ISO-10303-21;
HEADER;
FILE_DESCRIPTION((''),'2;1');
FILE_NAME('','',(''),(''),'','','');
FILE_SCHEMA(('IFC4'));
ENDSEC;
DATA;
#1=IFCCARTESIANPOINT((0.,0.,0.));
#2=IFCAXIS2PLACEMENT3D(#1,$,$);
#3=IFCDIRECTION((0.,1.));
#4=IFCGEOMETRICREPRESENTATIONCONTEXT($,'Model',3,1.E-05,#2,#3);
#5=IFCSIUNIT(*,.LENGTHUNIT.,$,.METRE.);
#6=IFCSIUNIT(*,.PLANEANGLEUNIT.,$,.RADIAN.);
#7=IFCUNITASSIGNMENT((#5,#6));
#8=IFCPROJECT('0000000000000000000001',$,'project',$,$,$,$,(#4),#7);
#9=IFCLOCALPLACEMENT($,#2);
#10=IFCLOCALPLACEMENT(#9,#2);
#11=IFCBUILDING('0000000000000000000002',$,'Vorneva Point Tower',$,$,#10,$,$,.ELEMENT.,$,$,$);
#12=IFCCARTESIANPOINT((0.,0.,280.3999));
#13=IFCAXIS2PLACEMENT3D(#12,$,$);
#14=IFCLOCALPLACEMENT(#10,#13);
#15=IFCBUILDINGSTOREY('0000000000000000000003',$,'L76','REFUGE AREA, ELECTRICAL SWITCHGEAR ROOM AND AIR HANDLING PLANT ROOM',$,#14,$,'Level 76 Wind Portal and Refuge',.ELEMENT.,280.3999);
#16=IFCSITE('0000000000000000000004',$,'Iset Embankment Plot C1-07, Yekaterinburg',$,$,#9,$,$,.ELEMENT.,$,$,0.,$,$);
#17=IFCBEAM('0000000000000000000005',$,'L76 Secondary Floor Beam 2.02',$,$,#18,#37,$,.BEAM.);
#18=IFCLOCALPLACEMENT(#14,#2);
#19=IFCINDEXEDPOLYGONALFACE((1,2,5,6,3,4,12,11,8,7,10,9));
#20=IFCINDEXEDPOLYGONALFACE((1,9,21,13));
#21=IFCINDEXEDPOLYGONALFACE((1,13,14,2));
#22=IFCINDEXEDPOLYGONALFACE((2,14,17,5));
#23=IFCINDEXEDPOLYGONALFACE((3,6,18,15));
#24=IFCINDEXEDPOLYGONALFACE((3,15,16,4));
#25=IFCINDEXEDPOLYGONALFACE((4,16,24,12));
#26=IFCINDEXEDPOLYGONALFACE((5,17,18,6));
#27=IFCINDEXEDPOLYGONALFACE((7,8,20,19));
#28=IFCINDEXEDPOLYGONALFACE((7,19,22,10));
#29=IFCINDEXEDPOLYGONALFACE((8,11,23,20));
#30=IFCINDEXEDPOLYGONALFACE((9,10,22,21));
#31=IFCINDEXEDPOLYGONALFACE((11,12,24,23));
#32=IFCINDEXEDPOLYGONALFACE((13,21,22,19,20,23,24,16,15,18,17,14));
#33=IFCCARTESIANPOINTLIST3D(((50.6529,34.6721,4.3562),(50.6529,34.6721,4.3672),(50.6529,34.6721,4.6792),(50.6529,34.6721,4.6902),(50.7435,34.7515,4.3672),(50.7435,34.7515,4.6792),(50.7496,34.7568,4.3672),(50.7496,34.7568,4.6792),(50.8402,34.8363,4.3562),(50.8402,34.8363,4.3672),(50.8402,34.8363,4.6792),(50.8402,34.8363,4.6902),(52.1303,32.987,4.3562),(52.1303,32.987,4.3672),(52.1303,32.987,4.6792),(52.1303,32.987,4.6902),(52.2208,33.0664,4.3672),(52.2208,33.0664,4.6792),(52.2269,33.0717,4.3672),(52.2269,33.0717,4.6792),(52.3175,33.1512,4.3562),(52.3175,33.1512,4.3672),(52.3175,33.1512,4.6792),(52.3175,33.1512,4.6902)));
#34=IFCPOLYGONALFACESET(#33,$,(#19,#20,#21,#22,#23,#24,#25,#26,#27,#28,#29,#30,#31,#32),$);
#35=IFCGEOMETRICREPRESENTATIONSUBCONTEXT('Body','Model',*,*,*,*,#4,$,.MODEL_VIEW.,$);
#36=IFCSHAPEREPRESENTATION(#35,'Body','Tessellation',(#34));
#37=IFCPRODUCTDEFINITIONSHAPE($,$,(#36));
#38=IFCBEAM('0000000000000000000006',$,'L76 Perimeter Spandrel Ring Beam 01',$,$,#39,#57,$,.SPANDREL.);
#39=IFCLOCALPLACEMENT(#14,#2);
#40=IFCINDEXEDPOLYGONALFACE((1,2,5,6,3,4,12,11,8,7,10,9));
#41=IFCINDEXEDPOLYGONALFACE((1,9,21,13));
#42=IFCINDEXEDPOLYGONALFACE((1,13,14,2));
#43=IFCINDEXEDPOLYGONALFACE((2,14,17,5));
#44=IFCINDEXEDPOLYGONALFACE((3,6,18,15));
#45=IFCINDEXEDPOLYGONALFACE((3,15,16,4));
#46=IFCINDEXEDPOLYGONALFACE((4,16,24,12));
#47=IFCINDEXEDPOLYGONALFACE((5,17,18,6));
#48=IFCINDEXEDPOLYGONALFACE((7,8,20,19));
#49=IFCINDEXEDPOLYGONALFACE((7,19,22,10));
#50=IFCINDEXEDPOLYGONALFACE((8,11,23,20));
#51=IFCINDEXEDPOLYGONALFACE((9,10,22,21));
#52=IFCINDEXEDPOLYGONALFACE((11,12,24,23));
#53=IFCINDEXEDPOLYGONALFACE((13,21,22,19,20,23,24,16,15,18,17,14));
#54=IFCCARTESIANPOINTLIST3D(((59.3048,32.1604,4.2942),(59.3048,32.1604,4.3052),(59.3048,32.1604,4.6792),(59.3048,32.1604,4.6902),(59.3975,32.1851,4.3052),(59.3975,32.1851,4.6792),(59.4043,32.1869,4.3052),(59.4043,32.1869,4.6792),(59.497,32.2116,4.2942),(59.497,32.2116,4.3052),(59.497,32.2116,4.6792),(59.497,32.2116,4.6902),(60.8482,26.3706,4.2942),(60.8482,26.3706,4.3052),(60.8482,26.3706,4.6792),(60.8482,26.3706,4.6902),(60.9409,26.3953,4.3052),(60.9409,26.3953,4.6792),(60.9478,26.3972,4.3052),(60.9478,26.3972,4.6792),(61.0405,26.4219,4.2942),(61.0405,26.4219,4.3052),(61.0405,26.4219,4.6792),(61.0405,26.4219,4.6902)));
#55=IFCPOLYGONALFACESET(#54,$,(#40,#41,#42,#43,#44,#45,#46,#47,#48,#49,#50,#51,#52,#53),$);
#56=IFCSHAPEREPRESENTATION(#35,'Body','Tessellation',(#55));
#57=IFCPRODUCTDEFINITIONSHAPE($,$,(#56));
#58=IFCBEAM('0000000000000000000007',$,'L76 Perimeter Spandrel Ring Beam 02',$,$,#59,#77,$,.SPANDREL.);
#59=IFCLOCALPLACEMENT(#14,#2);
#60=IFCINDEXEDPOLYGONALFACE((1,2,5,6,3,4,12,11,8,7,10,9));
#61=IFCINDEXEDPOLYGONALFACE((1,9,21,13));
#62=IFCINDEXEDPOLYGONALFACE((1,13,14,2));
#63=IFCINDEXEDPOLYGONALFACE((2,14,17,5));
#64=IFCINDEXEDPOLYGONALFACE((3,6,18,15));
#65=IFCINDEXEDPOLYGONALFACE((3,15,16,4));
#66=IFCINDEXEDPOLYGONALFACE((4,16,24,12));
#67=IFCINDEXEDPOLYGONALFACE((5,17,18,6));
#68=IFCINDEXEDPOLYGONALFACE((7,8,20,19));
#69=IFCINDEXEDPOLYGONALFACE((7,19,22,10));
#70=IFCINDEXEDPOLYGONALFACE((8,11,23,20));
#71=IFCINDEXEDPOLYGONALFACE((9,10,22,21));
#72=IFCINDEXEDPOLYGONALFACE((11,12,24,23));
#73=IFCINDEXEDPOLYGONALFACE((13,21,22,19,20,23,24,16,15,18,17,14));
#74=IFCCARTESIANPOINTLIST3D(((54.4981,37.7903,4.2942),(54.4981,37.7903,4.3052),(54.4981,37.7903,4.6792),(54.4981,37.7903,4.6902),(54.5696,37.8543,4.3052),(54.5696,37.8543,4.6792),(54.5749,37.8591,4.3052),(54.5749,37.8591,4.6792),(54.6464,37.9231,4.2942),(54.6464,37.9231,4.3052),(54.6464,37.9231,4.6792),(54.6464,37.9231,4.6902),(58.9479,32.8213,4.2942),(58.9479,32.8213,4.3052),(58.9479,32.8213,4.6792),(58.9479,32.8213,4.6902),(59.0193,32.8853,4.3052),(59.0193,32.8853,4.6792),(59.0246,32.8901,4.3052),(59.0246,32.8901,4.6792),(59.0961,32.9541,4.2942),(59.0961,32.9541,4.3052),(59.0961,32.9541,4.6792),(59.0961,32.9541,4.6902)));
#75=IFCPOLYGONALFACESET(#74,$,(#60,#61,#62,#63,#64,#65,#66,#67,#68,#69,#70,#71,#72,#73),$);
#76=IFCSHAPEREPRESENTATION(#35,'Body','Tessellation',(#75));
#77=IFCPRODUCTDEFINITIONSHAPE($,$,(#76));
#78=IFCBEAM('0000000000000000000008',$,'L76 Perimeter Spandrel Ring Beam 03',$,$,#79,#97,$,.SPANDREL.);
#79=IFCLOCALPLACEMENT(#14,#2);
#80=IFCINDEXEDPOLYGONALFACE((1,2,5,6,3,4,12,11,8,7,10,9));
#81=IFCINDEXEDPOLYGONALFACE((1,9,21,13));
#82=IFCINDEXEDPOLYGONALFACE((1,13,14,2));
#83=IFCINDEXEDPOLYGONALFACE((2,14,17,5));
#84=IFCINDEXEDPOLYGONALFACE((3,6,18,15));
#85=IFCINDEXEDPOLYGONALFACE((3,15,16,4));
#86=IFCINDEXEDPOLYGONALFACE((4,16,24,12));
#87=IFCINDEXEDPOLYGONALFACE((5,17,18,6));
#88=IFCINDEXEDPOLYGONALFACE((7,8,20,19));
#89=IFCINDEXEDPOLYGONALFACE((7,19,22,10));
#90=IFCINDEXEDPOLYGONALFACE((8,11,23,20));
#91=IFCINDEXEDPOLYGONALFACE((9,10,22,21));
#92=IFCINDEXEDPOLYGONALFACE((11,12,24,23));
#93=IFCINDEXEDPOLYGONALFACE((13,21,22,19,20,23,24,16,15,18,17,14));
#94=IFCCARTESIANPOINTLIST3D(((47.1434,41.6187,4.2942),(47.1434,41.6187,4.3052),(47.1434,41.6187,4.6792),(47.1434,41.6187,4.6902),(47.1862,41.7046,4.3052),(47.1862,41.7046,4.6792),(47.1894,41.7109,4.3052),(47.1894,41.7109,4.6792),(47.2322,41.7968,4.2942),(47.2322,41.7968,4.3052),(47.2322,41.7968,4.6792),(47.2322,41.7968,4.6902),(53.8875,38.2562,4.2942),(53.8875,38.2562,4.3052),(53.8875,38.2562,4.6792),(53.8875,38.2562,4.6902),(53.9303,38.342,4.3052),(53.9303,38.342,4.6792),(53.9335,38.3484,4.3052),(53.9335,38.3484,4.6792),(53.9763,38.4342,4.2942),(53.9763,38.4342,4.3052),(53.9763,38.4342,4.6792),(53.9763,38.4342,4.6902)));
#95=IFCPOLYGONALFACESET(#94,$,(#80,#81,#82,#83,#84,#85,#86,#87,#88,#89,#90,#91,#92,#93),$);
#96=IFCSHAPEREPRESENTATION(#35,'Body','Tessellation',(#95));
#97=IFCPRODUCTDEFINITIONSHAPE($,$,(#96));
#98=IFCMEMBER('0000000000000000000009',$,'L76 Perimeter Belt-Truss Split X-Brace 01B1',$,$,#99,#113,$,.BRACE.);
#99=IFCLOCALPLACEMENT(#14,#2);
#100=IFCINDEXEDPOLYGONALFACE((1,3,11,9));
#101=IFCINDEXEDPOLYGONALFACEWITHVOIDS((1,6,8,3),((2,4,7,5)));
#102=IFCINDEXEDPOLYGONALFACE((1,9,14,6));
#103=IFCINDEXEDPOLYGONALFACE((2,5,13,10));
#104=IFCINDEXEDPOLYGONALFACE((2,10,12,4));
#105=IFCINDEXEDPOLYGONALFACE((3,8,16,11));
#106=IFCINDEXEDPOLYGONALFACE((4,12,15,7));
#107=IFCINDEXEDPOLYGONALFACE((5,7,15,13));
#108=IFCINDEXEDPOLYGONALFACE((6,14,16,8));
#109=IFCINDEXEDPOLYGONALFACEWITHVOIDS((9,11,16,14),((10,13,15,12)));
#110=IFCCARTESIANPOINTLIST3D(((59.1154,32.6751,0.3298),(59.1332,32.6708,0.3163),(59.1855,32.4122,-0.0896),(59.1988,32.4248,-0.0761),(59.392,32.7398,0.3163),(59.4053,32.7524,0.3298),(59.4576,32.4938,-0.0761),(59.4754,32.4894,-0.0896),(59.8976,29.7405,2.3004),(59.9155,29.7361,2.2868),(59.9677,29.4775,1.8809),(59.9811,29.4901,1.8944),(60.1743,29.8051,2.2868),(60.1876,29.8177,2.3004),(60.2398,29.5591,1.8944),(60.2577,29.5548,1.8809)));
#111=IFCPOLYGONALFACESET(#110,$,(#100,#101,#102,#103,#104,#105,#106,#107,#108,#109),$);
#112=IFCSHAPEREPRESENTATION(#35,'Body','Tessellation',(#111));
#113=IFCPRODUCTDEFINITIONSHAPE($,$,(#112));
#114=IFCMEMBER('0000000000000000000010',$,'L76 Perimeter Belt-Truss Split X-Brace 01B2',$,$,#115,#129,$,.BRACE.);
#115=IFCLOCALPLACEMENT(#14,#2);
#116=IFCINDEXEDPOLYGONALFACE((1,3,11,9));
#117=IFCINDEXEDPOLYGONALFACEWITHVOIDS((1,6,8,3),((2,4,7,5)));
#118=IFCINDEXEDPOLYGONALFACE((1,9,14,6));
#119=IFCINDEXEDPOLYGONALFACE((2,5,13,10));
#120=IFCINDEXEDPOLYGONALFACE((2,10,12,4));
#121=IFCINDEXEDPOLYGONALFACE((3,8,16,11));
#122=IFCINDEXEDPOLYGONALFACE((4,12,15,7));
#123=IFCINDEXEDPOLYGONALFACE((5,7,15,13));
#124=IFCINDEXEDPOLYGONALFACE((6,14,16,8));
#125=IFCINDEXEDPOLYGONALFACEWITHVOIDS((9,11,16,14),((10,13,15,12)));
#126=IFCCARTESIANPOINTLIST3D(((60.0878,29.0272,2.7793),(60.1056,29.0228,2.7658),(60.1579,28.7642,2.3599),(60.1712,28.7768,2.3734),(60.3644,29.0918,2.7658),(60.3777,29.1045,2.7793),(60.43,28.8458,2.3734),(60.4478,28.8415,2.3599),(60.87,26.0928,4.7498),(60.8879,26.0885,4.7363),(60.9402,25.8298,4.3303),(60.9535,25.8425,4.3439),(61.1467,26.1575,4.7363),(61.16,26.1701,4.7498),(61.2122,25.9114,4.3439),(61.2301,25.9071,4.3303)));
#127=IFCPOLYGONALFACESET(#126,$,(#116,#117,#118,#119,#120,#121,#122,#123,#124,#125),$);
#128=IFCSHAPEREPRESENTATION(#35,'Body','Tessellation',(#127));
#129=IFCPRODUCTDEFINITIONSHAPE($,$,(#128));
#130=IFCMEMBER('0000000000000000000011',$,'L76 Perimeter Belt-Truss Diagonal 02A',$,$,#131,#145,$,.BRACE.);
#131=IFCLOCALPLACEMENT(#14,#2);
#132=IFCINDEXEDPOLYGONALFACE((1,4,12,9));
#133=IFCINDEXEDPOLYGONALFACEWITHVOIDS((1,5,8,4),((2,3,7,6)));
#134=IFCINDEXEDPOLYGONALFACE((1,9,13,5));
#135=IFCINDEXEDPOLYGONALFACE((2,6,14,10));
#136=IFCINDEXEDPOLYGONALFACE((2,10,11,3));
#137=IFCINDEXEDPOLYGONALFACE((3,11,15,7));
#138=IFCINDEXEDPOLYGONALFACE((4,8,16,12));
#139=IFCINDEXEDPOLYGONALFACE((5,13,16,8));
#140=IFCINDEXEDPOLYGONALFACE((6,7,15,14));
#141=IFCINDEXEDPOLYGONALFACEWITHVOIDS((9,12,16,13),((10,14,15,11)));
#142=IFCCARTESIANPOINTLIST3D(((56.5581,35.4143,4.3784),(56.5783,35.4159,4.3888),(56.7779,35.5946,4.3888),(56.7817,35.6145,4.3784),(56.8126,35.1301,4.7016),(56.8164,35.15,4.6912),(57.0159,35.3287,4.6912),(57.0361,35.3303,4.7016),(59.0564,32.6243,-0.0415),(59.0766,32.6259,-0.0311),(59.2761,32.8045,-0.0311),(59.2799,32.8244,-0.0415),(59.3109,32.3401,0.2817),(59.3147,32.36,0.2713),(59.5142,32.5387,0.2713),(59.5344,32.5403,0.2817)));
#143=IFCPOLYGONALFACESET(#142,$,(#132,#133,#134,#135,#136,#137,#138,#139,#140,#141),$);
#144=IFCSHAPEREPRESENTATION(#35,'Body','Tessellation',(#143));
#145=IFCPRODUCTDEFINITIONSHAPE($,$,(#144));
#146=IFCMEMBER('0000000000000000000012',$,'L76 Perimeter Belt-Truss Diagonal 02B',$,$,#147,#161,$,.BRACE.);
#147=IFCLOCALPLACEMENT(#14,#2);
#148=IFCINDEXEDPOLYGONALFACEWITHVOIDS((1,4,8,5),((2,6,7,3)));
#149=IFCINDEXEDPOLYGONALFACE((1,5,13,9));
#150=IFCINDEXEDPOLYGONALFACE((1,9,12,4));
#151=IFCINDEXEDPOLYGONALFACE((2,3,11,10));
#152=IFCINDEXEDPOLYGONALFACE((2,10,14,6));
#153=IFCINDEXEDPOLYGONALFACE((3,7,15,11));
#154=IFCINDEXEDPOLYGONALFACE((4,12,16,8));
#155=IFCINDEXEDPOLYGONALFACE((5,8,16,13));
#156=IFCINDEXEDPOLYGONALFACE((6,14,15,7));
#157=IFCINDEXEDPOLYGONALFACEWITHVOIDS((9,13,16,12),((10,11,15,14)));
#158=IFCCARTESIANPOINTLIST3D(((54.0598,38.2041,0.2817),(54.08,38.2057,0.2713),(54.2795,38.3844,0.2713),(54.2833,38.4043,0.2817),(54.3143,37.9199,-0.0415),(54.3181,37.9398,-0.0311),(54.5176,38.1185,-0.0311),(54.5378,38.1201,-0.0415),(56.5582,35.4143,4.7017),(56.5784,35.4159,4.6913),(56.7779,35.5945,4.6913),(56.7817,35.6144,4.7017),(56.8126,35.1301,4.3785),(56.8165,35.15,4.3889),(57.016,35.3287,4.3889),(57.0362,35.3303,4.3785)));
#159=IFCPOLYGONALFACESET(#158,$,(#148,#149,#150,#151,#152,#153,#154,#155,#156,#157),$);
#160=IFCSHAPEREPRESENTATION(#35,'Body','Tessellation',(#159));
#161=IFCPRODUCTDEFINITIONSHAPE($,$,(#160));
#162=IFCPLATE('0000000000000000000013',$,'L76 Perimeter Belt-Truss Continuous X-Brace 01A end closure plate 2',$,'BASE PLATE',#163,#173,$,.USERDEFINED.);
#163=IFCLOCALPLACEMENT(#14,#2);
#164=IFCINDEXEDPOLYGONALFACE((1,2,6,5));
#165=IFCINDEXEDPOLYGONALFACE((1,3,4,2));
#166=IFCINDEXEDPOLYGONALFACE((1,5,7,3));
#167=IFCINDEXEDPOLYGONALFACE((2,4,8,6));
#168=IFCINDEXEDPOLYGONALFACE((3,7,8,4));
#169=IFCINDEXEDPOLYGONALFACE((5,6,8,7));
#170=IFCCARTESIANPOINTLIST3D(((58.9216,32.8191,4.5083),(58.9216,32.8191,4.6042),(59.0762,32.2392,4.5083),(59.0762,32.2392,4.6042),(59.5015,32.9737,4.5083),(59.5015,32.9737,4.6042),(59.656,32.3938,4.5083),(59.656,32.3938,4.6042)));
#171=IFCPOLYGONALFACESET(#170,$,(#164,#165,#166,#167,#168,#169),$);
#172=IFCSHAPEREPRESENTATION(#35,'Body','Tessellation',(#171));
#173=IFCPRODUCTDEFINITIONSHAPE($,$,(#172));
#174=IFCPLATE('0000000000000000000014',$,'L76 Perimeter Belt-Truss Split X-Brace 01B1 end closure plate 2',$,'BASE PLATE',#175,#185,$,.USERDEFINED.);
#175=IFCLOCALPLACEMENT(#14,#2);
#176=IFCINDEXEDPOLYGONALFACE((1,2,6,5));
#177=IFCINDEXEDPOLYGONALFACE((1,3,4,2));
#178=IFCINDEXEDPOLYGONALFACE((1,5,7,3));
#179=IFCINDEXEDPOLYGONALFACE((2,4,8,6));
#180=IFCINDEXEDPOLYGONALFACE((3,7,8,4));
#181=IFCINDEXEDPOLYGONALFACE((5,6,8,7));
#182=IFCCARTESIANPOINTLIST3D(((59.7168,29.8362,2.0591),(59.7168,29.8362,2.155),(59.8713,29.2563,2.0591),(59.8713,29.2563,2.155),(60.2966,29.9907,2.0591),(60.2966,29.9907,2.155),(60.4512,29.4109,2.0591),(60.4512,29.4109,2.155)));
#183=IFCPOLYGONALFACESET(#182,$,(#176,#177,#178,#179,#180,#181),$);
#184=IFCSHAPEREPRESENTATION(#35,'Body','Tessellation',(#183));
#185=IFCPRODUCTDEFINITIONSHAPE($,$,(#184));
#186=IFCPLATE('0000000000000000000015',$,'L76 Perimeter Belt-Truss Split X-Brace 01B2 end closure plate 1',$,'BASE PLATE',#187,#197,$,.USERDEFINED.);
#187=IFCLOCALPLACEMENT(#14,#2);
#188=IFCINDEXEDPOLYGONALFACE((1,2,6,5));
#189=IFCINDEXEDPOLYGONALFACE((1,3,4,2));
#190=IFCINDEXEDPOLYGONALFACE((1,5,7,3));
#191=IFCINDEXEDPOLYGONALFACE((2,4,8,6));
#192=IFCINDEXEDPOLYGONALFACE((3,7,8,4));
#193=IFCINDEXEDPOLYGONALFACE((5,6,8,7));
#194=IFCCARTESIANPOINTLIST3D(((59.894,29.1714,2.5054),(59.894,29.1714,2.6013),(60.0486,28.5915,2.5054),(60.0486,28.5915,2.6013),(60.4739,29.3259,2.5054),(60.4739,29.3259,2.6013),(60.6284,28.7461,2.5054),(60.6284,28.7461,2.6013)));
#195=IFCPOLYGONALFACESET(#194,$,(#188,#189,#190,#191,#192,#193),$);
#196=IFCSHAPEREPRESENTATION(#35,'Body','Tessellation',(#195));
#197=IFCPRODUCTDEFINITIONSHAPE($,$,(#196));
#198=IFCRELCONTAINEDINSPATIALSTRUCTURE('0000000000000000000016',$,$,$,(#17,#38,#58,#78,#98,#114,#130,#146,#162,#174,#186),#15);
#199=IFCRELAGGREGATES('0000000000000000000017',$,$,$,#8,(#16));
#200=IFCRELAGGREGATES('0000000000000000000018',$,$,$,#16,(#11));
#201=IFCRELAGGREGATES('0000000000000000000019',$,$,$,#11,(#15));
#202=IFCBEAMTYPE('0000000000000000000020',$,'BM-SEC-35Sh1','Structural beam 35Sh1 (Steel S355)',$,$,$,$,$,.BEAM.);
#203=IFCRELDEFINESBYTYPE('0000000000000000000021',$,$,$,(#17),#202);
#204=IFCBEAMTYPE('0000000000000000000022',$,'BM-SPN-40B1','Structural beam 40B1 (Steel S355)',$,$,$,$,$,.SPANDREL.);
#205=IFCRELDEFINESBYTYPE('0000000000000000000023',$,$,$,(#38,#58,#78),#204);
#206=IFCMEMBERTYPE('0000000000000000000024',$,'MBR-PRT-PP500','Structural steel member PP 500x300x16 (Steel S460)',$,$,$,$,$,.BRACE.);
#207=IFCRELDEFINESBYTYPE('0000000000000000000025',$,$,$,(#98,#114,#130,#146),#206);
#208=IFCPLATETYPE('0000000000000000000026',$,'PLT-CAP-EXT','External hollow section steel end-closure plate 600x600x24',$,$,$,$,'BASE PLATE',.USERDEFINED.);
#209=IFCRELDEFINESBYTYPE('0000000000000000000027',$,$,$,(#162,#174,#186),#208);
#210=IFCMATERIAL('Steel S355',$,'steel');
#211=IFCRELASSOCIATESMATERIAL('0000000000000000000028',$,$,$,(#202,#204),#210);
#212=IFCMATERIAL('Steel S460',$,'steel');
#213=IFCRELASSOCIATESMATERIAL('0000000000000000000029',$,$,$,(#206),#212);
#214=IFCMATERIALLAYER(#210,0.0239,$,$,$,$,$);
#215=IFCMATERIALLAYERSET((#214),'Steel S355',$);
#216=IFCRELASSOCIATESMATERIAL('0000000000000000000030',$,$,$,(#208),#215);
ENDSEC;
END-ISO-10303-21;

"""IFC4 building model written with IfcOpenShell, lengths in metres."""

from ifc_helpers import new_model, si_unit, direction, frame, origin, origin_2d, place, context, subcontext, project, spatial, rectangle, hollow_rectangle, i_section, extrude, material, layer, layer_set, material_profile, profile_set, type_object, element, save


model = new_model("IFC4")

# Units and contexts
model_context = context("Model", 3, precision=1e-05, world=origin(), true_north=direction((0.0, 1.0)))
body_context = subcontext(model_context, "Body", "Model", "MODEL_VIEW")
ifc_project = project(units=[si_unit("LENGTHUNIT", "METRE"), si_unit("PLANEANGLEUNIT", "RADIAN")], contexts=[model_context])

# Site, building, storey
site_placement = place(None, origin())
site = spatial("IfcSite", under=ifc_project, at=site_placement, Name="Iset Embankment Plot C1-07, Yekaterinburg", CompositionType="ELEMENT", RefElevation=0.0)
building_placement = place(site_placement, origin())
building = spatial("IfcBuilding", under=site, at=building_placement, Name="Vorneva Point Tower", CompositionType="ELEMENT")
storey_placement = place(building_placement, frame((0.0, 0.0, 280.3999)))
storey = spatial("IfcBuildingStorey", under=building, at=storey_placement, Name="L76", Description="REFUGE AREA, ELECTRICAL SWITCHGEAR ROOM AND AIR HANDLING PLANT ROOM", LongName="Level 76 Wind Portal and Refuge", CompositionType="ELEMENT", Elevation=280.3999)

# Beams
ifc_material_1 = material(Name="Steel S460", Category="steel")
ifc_material_2 = material(Name="Steel S355", Category="steel")
ifc_material_profile_1 = material_profile(ifc_material_2, i_section(OverallWidth=0.249, OverallDepth=0.334, WebThickness=0.0081, FlangeThickness=0.011, at=origin_2d()), Name="35Sh1")
ifc_profile_set_1 = profile_set([ifc_material_profile_1], Name="Steel S355")
beam_type_1 = type_object("IfcBeamType", Name="BM-SEC-35Sh1", Description="Structural beam 35Sh1 (Steel S355)", PredefinedType="BEAM", material=ifc_profile_set_1)
beam_1_placement = place(storey_placement, frame((52.2239, 33.0691, 4.5232), z_axis=(-0.659229, 0.751942, 0.0), x_axis=(-0.751942, -0.659229, 0.0)))
element("IfcBeam", 1, at=beam_1_placement, inside=storey, type_object=beam_type_1, Name="L76 Secondary Floor Beam 2.02", PredefinedType="BEAM", context=body_context, shape_type="SweptSolid", body=[
    extrude(i_section(OverallWidth=0.249, OverallDepth=0.334, WebThickness=0.0081, FlangeThickness=0.011, at=origin_2d()), origin(), (0.0, 0.0, 1.0), 2.241),
])
ifc_material_profile_2 = material_profile(ifc_material_2, i_section(OverallWidth=0.199, OverallDepth=0.396, WebThickness=0.0071, FlangeThickness=0.011, at=origin_2d()), Name="40B1")
ifc_profile_set_2 = profile_set([ifc_material_profile_2], Name="Steel S355")
beam_type_2 = type_object("IfcBeamType", Name="BM-SPN-40B1", Description="Structural beam 40B1 (Steel S355)", PredefinedType="SPANDREL", material=ifc_profile_set_2)
beam_2_placement = place(storey_placement, frame((60.9443, 26.3962, 4.4922), z_axis=(-0.257587, 0.966255, 0.0), x_axis=(-0.966255, -0.257587, 0.0)))
element("IfcBeam", 2, at=beam_2_placement, inside=storey, type_object=beam_type_2, Name="L76 Perimeter Spandrel Ring Beam 01", PredefinedType="SPANDREL", context=body_context, shape_type="SweptSolid", body=[
    extrude(i_section(OverallWidth=0.199, OverallDepth=0.396, WebThickness=0.0071, FlangeThickness=0.011, at=origin_2d()), origin(), (0.0, 0.0, 1.0), 5.9919),
])
beam_3_placement = place(storey_placement, frame((59.022, 32.8877, 4.4922), z_axis=(-0.667108, 0.744961, 0.0), x_axis=(-0.744961, -0.667108, 0.0)))
element("IfcBeam", 3, at=beam_3_placement, inside=storey, type_object=beam_type_2, Name="L76 Perimeter Spandrel Ring Beam 02", PredefinedType="SPANDREL", context=body_context, shape_type="SweptSolid", body=[
    extrude(i_section(OverallWidth=0.199, OverallDepth=0.396, WebThickness=0.0071, FlangeThickness=0.011, at=origin_2d()), origin(), (0.0, 0.0, 1.0), 6.6702),
])
beam_4_placement = place(storey_placement, frame((53.9319, 38.3452, 4.4922), z_axis=(-0.894932, 0.446203, 0.0), x_axis=(-0.446203, -0.894932, 0.0)))
element("IfcBeam", 4, at=beam_4_placement, inside=storey, type_object=beam_type_2, Name="L76 Perimeter Spandrel Ring Beam 03", PredefinedType="SPANDREL", context=body_context, shape_type="SweptSolid", body=[
    extrude(i_section(OverallWidth=0.199, OverallDepth=0.396, WebThickness=0.0071, FlangeThickness=0.011, at=origin_2d()), origin(), (0.0, 0.0, 1.0), 7.5359),
])

# Members
ifc_material_profile_3 = material_profile(ifc_material_1, hollow_rectangle(XDim=0.3, YDim=0.5, WallThickness=0.0161, at=origin_2d()), Name="PP 500x300x16")
ifc_profile_set_3 = profile_set([ifc_material_profile_3], Name="Steel S460")
member_type = type_object("IfcMemberType", Name="MBR-PRT-PP500", Description="Structural steel member PP 500x300x16 (Steel S460)", PredefinedType="BRACE", material=ifc_profile_set_3)
member_1_placement = place(storey_placement, frame((59.2954, 32.5823, 0.1201), z_axis=(0.216069, -0.810596, 0.544286), x_axis=(0.966262, 0.257563, 0.0)))
element("IfcMember", 5, at=member_1_placement, inside=storey, type_object=member_type, Name="L76 Perimeter Belt-Truss Split X-Brace 01B1", PredefinedType="BRACE", context=body_context, shape_type="SweptSolid", body=[
    extrude(hollow_rectangle(XDim=0.3, YDim=0.5, WallThickness=0.0161, at=origin_2d()), origin(), (0.0, 0.0, 1.0), 3.6204),
])
member_2_placement = place(storey_placement, frame((60.2678, 28.9343, 2.5696), z_axis=(0.216081, -0.810573, 0.544316), x_axis=(0.966256, 0.257583, 0.0)))
element("IfcMember", 6, at=member_2_placement, inside=storey, type_object=member_type, Name="L76 Perimeter Belt-Truss Split X-Brace 01B2", PredefinedType="BRACE", context=body_context, shape_type="SweptSolid", body=[
    extrude(hollow_rectangle(XDim=0.3, YDim=0.5, WallThickness=0.0161, at=origin_2d()), origin(), (0.0, 0.0, 1.0), 3.6201),
])
for number, where, z_axis, x_axis, name in (
    (7, (59.2954, 32.5823, 0.1201), (-0.431243, 0.481604, 0.762946), (-0.744984, -0.667083, 0.0), "L76 Perimeter Belt-Truss Diagonal 02A"),
    (8, (54.2988, 38.1621, 0.1201), (0.431252, -0.481571, 0.762962), (0.744955, 0.667115, 0.0), "L76 Perimeter Belt-Truss Diagonal 02B"),
):
    element("IfcMember", number, at=place(storey_placement, frame(where, z_axis=z_axis, x_axis=x_axis)), inside=storey, type_object=member_type, Name=name, PredefinedType="BRACE", context=body_context, shape_type="SweptSolid", body=[
        extrude(hollow_rectangle(XDim=0.3, YDim=0.5, WallThickness=0.0161, at=origin_2d()), origin(), (0.0, 0.0, 1.0), 5.7932),
    ])

# Plates
ifc_layer_1 = layer(ifc_material_2, 0.0239)
ifc_layer_set_1 = layer_set([ifc_layer_1], Name="Steel S355")
plate_type_1 = type_object("IfcPlateType", Name="PLT-CAP-EXT", Description="External hollow section steel end-closure plate 600x600x24", ElementType="BASE PLATE", PredefinedType="USERDEFINED", material=ifc_layer_set_1)
for number, where, z_axis, x_axis, name in (
    (9, (59.2888, 32.6064, 4.5083), (0.0, 0.0, 1.0), (-0.257571, 0.966259, 0.0), "L76 Perimeter Belt-Truss Continuous X-Brace 01A end closure plate 2"),
    (10, (60.084, 29.6235, 2.0591), (0.0, 0.0, 1.0), (0.257571, -0.966259, 0.0), "L76 Perimeter Belt-Truss Split X-Brace 01B1 end closure plate 2"),
    (11, (60.2612, 28.9587, 2.5054), (0.0, 0.0, 1.0), (0.257571, -0.966259, 0.0), "L76 Perimeter Belt-Truss Split X-Brace 01B2 end closure plate 1"),
):
    element("IfcPlate", number, at=place(storey_placement, frame(where, z_axis=z_axis, x_axis=x_axis)), inside=storey, type_object=plate_type_1, Name=name, ObjectType="BASE PLATE", PredefinedType="USERDEFINED", context=body_context, shape_type="SweptSolid", body=[
        extrude(rectangle(XDim=0.6001, YDim=0.6001, at=origin_2d()), origin(), (0.0, 0.0, 1.0), 0.0959),
    ])

save(model, "model.ifc")
